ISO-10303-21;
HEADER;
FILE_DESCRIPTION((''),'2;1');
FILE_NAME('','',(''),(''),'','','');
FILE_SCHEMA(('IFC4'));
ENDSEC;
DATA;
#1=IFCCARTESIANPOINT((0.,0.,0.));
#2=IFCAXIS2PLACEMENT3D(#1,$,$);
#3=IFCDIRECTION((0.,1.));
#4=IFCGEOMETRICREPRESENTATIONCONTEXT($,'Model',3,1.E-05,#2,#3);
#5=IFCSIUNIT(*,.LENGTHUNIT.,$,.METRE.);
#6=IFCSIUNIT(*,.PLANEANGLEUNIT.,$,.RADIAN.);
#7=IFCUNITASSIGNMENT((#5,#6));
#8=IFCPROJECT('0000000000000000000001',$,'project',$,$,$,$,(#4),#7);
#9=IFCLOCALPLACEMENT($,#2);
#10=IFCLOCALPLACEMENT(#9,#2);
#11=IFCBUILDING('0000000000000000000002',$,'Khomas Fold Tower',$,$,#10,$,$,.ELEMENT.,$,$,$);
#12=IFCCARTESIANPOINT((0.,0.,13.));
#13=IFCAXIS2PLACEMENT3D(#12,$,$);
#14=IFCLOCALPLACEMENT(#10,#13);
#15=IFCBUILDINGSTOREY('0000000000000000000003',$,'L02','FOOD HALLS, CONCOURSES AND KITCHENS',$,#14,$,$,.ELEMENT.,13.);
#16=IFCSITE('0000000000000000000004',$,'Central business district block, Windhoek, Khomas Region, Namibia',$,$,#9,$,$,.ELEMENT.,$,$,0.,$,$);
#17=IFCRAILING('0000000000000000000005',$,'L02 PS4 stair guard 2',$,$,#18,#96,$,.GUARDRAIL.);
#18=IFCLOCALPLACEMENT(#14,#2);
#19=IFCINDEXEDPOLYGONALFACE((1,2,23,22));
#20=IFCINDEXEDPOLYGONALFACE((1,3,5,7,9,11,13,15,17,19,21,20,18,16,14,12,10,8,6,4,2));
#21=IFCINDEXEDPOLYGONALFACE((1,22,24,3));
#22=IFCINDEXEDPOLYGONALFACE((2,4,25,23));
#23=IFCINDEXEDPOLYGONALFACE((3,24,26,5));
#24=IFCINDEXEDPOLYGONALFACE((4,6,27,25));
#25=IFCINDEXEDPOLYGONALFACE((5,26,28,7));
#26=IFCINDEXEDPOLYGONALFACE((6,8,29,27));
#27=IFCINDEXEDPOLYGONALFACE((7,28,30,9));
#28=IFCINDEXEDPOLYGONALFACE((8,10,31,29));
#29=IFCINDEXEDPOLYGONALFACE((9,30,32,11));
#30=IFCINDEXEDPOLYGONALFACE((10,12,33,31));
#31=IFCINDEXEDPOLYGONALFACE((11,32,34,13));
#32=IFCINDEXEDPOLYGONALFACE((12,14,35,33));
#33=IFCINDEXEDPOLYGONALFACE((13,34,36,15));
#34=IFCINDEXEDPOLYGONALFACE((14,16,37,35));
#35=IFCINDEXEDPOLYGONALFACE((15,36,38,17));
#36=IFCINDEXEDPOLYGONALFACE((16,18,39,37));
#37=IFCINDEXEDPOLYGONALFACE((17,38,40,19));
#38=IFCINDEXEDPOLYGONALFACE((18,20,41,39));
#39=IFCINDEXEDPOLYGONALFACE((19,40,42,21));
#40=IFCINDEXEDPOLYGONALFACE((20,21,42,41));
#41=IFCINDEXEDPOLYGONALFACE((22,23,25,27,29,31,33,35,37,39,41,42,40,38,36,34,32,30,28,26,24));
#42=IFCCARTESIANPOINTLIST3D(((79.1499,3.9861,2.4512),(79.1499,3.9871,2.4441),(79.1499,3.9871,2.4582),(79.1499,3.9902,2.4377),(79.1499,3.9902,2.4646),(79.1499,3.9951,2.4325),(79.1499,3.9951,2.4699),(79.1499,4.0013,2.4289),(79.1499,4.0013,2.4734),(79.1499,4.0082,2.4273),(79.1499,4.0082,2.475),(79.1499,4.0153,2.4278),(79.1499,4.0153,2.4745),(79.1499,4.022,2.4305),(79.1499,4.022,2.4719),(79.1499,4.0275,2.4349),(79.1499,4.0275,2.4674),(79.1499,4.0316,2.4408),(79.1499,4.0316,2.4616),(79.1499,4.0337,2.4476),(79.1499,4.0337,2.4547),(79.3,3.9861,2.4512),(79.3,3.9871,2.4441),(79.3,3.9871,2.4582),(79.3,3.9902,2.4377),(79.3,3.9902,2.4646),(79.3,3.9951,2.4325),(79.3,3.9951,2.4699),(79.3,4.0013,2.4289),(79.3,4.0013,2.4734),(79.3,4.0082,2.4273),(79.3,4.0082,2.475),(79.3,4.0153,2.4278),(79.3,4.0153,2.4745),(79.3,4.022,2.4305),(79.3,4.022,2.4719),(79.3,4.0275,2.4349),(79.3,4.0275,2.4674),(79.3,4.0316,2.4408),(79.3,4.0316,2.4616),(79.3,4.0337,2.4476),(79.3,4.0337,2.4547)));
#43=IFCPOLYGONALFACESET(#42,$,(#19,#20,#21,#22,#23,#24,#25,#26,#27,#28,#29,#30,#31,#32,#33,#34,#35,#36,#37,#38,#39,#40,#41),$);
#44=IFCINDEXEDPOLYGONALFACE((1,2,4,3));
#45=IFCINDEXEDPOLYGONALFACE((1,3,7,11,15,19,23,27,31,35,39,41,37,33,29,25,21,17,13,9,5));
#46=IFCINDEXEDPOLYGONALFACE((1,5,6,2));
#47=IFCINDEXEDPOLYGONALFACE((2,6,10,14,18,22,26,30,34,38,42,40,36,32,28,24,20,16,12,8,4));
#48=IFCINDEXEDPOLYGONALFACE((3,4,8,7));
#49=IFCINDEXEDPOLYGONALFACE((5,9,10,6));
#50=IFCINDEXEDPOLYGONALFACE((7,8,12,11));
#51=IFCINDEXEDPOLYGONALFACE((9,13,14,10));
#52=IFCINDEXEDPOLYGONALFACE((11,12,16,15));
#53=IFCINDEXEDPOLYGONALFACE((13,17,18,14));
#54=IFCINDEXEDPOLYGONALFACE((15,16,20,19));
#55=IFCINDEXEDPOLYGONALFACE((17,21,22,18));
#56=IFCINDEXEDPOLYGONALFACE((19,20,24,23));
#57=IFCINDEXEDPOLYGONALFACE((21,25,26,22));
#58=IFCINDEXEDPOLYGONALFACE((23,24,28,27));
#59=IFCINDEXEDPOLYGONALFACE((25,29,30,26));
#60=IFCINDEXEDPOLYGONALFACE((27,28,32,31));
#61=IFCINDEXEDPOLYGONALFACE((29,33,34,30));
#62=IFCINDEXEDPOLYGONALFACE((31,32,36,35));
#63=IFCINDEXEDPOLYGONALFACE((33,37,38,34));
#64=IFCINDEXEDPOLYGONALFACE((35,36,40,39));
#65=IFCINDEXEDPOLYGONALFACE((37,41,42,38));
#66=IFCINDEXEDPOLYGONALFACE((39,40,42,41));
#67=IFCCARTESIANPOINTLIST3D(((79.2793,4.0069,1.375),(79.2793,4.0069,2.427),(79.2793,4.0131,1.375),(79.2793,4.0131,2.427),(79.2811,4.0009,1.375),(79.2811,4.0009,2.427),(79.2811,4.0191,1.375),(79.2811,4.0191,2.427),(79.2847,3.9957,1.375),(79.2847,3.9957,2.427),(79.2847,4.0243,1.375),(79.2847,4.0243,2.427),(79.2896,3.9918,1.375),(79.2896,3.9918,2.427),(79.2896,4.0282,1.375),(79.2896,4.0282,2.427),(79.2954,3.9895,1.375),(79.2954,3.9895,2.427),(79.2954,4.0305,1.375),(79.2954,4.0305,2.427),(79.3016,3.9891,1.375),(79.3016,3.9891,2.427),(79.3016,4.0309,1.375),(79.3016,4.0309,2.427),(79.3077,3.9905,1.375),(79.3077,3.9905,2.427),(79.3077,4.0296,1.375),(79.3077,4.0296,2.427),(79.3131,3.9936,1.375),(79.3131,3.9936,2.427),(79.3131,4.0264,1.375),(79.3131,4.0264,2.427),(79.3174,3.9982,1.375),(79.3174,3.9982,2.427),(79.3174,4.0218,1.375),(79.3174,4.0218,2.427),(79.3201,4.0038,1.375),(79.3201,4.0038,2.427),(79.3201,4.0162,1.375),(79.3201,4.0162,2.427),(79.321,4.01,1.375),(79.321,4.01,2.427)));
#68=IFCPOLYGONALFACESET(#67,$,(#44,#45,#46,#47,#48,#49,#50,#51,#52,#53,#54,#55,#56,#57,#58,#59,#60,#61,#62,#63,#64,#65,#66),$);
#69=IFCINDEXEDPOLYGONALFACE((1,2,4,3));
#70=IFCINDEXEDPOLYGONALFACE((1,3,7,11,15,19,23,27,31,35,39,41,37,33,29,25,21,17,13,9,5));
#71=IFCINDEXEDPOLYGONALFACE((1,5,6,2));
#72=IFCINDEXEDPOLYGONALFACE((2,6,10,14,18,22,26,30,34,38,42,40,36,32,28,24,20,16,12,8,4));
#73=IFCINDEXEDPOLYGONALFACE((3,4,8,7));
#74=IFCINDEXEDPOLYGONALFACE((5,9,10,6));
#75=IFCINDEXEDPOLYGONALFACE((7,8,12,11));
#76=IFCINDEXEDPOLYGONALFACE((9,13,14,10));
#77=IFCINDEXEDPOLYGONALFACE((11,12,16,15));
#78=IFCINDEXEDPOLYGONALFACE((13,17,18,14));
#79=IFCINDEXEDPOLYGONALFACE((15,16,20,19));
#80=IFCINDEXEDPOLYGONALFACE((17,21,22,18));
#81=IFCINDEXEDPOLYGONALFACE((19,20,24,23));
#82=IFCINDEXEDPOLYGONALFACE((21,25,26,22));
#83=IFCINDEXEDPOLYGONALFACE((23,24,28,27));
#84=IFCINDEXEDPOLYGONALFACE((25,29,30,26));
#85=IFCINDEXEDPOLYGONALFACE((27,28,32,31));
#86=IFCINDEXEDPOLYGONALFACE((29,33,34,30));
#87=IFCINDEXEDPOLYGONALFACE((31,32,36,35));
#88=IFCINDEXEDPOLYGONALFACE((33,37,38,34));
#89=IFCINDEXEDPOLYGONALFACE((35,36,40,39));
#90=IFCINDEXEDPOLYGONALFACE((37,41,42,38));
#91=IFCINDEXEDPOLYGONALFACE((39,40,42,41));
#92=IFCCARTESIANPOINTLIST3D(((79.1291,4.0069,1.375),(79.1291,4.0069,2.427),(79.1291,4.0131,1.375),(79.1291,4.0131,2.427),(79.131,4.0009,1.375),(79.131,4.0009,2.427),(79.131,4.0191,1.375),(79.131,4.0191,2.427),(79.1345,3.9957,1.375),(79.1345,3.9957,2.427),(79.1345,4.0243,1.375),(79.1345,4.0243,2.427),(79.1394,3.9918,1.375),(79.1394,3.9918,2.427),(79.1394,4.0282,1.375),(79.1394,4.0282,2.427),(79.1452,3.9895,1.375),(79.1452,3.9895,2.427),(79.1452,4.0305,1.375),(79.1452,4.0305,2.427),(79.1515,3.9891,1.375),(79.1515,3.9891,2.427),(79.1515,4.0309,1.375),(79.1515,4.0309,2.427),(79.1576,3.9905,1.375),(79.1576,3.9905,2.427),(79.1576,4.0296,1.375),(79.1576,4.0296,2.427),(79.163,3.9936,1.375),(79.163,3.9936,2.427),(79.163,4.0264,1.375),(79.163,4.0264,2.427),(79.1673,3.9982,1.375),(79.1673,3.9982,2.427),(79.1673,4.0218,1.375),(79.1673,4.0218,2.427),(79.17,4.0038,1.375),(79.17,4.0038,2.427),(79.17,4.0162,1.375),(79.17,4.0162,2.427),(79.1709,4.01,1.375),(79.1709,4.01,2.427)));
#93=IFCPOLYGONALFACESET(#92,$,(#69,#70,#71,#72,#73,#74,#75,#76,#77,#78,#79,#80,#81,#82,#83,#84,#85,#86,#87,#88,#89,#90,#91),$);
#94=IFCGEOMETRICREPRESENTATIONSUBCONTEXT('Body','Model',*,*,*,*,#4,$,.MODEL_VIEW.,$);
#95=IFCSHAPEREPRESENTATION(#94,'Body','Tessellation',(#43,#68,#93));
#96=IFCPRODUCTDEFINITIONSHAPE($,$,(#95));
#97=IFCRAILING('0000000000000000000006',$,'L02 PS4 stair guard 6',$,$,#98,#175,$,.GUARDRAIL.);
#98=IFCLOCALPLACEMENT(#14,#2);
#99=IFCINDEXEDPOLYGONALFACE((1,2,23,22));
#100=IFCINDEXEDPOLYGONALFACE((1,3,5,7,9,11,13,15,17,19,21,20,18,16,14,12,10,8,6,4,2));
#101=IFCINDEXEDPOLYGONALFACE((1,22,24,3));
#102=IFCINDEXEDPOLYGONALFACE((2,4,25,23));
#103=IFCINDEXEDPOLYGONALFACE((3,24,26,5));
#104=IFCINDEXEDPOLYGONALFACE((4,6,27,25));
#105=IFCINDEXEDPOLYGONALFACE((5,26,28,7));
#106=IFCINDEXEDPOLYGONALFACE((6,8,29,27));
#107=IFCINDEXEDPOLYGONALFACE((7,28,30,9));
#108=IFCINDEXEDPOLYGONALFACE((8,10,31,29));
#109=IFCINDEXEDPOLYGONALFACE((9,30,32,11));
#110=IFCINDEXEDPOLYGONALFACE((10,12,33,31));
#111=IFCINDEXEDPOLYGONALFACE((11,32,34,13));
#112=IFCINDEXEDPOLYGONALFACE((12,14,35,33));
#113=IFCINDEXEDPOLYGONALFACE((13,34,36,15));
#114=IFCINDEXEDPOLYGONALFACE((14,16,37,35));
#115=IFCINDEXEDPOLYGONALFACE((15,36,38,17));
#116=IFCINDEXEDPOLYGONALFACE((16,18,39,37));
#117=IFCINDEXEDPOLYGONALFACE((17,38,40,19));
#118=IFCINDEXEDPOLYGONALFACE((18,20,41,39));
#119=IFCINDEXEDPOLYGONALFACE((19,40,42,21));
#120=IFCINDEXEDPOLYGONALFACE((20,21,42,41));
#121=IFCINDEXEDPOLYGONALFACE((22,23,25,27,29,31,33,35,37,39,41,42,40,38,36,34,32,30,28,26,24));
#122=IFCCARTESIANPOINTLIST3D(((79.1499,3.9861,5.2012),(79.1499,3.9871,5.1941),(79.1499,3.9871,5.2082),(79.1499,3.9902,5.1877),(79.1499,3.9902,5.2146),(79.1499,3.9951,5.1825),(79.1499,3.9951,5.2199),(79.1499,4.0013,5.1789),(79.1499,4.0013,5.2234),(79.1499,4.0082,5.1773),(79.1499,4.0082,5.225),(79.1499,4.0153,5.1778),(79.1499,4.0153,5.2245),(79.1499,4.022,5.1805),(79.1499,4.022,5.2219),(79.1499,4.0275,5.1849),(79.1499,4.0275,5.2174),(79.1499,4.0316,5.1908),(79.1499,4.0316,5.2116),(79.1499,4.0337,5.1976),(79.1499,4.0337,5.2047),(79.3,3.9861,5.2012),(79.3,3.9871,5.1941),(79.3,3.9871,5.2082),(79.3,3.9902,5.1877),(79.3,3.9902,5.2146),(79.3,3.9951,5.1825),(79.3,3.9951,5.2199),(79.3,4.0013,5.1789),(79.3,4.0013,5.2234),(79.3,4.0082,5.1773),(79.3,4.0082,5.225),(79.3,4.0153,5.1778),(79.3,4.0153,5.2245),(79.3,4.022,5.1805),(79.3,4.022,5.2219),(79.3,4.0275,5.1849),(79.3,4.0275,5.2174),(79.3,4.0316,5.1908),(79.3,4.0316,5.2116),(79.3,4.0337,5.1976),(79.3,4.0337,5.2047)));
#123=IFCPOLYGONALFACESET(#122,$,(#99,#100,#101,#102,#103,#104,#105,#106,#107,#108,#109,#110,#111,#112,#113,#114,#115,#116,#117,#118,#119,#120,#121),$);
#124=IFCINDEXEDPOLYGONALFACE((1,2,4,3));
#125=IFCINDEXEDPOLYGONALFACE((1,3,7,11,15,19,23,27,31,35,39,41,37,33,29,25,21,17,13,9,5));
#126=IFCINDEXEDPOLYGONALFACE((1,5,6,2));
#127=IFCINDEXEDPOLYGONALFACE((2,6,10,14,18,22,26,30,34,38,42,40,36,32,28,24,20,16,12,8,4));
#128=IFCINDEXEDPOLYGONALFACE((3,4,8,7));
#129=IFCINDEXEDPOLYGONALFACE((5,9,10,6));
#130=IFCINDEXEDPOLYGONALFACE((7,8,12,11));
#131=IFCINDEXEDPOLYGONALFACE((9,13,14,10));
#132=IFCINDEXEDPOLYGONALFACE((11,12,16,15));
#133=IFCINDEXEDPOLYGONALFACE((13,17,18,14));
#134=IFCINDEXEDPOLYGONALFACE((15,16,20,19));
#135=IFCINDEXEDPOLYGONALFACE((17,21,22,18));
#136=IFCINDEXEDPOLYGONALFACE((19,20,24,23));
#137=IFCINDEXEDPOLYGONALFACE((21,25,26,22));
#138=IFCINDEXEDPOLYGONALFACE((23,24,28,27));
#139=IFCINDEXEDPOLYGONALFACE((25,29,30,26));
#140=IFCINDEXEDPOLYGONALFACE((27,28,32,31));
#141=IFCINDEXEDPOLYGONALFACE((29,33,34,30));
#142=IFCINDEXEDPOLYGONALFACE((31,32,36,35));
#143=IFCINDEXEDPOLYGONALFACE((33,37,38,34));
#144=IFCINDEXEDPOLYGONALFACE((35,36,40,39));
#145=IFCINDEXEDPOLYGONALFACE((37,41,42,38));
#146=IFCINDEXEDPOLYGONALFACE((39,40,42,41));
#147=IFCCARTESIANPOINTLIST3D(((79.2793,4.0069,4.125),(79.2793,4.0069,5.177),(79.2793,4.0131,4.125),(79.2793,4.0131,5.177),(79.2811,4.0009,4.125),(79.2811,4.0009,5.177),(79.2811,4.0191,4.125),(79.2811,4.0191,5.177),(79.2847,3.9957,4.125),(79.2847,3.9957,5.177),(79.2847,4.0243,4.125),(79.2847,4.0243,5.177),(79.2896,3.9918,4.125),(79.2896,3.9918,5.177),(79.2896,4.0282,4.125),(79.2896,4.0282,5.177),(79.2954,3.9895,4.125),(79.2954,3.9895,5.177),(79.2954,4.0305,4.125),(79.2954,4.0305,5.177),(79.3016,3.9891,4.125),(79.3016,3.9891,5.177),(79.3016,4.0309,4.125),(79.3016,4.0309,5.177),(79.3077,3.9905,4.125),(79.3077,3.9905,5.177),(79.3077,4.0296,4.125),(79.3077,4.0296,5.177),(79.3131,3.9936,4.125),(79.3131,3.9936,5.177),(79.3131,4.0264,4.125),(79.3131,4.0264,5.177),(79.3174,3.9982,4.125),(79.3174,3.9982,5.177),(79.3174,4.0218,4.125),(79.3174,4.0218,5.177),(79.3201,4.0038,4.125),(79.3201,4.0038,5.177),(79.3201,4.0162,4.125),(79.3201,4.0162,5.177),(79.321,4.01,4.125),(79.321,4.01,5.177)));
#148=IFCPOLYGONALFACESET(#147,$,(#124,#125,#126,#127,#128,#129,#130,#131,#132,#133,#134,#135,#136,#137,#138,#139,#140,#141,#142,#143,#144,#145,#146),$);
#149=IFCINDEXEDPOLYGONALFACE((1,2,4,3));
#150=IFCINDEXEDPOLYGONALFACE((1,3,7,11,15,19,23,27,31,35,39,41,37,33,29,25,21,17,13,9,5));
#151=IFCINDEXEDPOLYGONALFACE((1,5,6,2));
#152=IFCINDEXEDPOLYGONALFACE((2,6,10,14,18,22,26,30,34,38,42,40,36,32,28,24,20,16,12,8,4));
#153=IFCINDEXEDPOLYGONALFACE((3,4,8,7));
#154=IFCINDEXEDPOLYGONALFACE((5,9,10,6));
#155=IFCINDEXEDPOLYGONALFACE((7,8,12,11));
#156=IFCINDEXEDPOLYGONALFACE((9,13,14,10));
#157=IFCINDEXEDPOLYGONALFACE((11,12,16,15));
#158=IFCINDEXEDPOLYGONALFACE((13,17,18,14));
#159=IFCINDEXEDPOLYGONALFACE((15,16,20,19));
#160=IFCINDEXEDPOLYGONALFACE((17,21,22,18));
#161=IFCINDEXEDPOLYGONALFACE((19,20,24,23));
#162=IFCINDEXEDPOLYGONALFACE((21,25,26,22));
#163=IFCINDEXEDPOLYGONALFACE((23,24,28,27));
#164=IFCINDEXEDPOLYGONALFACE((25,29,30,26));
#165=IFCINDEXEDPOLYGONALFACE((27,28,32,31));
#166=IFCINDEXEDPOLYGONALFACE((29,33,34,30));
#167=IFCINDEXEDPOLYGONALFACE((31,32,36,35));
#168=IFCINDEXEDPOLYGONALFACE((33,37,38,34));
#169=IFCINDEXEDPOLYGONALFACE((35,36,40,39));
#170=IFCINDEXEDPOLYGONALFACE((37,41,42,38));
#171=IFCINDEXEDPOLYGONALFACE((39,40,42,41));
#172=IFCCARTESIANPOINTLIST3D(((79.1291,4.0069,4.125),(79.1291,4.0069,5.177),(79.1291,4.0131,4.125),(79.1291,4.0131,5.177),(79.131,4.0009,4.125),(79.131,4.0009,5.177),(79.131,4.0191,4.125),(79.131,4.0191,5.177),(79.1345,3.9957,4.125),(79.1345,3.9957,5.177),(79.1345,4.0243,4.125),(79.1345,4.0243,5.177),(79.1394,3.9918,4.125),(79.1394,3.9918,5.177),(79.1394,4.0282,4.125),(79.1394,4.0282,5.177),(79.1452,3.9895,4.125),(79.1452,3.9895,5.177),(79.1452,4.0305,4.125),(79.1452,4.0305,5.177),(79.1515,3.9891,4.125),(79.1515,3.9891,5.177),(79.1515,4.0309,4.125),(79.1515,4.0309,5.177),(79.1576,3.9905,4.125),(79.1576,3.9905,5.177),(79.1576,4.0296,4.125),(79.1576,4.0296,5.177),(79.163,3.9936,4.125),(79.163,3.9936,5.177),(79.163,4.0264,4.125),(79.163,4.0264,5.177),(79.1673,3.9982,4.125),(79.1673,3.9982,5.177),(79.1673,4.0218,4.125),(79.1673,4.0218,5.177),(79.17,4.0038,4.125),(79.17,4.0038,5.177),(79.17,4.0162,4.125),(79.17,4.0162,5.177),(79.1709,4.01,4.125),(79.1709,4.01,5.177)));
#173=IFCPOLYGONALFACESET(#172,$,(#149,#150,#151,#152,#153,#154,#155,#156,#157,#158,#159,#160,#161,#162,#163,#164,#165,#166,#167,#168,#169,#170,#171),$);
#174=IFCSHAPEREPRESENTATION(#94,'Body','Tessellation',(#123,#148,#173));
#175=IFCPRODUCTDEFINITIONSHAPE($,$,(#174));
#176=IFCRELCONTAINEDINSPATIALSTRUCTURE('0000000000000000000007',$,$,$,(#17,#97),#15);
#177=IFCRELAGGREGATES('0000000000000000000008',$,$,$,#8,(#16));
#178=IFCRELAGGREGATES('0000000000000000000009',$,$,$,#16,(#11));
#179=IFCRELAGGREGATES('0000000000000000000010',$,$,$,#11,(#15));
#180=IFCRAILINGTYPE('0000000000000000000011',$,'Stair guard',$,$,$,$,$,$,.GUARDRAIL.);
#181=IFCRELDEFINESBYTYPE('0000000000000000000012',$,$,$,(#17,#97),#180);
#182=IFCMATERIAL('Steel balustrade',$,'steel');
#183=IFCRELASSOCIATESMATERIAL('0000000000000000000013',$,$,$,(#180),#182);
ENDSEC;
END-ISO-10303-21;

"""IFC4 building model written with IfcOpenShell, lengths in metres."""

from ifc_helpers import new_model, si_unit, direction, frame, origin, origin_2d, place, context, subcontext, project, spatial, circle, extrude, source, transform, mapped, material, type_object, element, save


model = new_model("IFC4")

# Units and contexts
model_context = context("Model", 3, precision=1e-05, world=origin(), true_north=direction((0.0, 1.0)))
body_context = subcontext(model_context, "Body", "Model", "MODEL_VIEW")
ifc_project = project(units=[si_unit("LENGTHUNIT", "METRE"), si_unit("PLANEANGLEUNIT", "RADIAN")], contexts=[model_context])

# Site, building, storey
site_placement = place(None, origin())
site = spatial("IfcSite", under=ifc_project, at=site_placement, Name="Central business district block, Windhoek, Khomas Region, Namibia", CompositionType="ELEMENT", RefElevation=0.0)
building_placement = place(site_placement, origin())
building = spatial("IfcBuilding", under=site, at=building_placement, Name="Khomas Fold Tower", CompositionType="ELEMENT")
storey_placement = place(building_placement, frame((0.0, 0.0, 13.0)))
storey = spatial("IfcBuildingStorey", under=building, at=storey_placement, Name="L02", Description="FOOD HALLS, CONCOURSES AND KITCHENS", CompositionType="ELEMENT", Elevation=13.0)

# Railings
ifc_material_1 = material(Name="Steel balustrade", Category="steel")
railing_type_1 = type_object("IfcRailingType", Name="Stair guard", PredefinedType="GUARDRAIL", material=ifc_material_1)
shared_shape_1 = source(origin(), body_context, "Body", "SweptSolid", [
    extrude(circle(Radius=0.0239, at=origin_2d()), frame((0.0, 0.0, 1.0762), z_axis=(-1.0, 0.0, 0.0), x_axis=(0.0, -1.0, 0.0)), (0.0, 0.0, 1.0), 0.1501),
    extrude(circle(Radius=0.021, at=origin_2d()), origin(), (0.0, 0.0, 1.0), 1.052),
    extrude(circle(Radius=0.021, at=origin_2d()), frame((-0.1501, 0.0, 0.0)), (0.0, 0.0, 1.0), 1.052),
])
for number, where, name in (
    (1, (79.3, 4.01, 1.375), "L02 PS4 stair guard 2"),
    (2, (79.3, 4.01, 4.125), "L02 PS4 stair guard 6"),
):
    element("IfcRailing", number, at=place(storey_placement, frame(where)), inside=storey, type_object=railing_type_1, Name=name, PredefinedType="GUARDRAIL", context=body_context, shape_type="MappedRepresentation", body=[
        mapped(shared_shape_1, transform((0.0, 0.0, 0.0))),
    ])

save(model, "model.ifc")
